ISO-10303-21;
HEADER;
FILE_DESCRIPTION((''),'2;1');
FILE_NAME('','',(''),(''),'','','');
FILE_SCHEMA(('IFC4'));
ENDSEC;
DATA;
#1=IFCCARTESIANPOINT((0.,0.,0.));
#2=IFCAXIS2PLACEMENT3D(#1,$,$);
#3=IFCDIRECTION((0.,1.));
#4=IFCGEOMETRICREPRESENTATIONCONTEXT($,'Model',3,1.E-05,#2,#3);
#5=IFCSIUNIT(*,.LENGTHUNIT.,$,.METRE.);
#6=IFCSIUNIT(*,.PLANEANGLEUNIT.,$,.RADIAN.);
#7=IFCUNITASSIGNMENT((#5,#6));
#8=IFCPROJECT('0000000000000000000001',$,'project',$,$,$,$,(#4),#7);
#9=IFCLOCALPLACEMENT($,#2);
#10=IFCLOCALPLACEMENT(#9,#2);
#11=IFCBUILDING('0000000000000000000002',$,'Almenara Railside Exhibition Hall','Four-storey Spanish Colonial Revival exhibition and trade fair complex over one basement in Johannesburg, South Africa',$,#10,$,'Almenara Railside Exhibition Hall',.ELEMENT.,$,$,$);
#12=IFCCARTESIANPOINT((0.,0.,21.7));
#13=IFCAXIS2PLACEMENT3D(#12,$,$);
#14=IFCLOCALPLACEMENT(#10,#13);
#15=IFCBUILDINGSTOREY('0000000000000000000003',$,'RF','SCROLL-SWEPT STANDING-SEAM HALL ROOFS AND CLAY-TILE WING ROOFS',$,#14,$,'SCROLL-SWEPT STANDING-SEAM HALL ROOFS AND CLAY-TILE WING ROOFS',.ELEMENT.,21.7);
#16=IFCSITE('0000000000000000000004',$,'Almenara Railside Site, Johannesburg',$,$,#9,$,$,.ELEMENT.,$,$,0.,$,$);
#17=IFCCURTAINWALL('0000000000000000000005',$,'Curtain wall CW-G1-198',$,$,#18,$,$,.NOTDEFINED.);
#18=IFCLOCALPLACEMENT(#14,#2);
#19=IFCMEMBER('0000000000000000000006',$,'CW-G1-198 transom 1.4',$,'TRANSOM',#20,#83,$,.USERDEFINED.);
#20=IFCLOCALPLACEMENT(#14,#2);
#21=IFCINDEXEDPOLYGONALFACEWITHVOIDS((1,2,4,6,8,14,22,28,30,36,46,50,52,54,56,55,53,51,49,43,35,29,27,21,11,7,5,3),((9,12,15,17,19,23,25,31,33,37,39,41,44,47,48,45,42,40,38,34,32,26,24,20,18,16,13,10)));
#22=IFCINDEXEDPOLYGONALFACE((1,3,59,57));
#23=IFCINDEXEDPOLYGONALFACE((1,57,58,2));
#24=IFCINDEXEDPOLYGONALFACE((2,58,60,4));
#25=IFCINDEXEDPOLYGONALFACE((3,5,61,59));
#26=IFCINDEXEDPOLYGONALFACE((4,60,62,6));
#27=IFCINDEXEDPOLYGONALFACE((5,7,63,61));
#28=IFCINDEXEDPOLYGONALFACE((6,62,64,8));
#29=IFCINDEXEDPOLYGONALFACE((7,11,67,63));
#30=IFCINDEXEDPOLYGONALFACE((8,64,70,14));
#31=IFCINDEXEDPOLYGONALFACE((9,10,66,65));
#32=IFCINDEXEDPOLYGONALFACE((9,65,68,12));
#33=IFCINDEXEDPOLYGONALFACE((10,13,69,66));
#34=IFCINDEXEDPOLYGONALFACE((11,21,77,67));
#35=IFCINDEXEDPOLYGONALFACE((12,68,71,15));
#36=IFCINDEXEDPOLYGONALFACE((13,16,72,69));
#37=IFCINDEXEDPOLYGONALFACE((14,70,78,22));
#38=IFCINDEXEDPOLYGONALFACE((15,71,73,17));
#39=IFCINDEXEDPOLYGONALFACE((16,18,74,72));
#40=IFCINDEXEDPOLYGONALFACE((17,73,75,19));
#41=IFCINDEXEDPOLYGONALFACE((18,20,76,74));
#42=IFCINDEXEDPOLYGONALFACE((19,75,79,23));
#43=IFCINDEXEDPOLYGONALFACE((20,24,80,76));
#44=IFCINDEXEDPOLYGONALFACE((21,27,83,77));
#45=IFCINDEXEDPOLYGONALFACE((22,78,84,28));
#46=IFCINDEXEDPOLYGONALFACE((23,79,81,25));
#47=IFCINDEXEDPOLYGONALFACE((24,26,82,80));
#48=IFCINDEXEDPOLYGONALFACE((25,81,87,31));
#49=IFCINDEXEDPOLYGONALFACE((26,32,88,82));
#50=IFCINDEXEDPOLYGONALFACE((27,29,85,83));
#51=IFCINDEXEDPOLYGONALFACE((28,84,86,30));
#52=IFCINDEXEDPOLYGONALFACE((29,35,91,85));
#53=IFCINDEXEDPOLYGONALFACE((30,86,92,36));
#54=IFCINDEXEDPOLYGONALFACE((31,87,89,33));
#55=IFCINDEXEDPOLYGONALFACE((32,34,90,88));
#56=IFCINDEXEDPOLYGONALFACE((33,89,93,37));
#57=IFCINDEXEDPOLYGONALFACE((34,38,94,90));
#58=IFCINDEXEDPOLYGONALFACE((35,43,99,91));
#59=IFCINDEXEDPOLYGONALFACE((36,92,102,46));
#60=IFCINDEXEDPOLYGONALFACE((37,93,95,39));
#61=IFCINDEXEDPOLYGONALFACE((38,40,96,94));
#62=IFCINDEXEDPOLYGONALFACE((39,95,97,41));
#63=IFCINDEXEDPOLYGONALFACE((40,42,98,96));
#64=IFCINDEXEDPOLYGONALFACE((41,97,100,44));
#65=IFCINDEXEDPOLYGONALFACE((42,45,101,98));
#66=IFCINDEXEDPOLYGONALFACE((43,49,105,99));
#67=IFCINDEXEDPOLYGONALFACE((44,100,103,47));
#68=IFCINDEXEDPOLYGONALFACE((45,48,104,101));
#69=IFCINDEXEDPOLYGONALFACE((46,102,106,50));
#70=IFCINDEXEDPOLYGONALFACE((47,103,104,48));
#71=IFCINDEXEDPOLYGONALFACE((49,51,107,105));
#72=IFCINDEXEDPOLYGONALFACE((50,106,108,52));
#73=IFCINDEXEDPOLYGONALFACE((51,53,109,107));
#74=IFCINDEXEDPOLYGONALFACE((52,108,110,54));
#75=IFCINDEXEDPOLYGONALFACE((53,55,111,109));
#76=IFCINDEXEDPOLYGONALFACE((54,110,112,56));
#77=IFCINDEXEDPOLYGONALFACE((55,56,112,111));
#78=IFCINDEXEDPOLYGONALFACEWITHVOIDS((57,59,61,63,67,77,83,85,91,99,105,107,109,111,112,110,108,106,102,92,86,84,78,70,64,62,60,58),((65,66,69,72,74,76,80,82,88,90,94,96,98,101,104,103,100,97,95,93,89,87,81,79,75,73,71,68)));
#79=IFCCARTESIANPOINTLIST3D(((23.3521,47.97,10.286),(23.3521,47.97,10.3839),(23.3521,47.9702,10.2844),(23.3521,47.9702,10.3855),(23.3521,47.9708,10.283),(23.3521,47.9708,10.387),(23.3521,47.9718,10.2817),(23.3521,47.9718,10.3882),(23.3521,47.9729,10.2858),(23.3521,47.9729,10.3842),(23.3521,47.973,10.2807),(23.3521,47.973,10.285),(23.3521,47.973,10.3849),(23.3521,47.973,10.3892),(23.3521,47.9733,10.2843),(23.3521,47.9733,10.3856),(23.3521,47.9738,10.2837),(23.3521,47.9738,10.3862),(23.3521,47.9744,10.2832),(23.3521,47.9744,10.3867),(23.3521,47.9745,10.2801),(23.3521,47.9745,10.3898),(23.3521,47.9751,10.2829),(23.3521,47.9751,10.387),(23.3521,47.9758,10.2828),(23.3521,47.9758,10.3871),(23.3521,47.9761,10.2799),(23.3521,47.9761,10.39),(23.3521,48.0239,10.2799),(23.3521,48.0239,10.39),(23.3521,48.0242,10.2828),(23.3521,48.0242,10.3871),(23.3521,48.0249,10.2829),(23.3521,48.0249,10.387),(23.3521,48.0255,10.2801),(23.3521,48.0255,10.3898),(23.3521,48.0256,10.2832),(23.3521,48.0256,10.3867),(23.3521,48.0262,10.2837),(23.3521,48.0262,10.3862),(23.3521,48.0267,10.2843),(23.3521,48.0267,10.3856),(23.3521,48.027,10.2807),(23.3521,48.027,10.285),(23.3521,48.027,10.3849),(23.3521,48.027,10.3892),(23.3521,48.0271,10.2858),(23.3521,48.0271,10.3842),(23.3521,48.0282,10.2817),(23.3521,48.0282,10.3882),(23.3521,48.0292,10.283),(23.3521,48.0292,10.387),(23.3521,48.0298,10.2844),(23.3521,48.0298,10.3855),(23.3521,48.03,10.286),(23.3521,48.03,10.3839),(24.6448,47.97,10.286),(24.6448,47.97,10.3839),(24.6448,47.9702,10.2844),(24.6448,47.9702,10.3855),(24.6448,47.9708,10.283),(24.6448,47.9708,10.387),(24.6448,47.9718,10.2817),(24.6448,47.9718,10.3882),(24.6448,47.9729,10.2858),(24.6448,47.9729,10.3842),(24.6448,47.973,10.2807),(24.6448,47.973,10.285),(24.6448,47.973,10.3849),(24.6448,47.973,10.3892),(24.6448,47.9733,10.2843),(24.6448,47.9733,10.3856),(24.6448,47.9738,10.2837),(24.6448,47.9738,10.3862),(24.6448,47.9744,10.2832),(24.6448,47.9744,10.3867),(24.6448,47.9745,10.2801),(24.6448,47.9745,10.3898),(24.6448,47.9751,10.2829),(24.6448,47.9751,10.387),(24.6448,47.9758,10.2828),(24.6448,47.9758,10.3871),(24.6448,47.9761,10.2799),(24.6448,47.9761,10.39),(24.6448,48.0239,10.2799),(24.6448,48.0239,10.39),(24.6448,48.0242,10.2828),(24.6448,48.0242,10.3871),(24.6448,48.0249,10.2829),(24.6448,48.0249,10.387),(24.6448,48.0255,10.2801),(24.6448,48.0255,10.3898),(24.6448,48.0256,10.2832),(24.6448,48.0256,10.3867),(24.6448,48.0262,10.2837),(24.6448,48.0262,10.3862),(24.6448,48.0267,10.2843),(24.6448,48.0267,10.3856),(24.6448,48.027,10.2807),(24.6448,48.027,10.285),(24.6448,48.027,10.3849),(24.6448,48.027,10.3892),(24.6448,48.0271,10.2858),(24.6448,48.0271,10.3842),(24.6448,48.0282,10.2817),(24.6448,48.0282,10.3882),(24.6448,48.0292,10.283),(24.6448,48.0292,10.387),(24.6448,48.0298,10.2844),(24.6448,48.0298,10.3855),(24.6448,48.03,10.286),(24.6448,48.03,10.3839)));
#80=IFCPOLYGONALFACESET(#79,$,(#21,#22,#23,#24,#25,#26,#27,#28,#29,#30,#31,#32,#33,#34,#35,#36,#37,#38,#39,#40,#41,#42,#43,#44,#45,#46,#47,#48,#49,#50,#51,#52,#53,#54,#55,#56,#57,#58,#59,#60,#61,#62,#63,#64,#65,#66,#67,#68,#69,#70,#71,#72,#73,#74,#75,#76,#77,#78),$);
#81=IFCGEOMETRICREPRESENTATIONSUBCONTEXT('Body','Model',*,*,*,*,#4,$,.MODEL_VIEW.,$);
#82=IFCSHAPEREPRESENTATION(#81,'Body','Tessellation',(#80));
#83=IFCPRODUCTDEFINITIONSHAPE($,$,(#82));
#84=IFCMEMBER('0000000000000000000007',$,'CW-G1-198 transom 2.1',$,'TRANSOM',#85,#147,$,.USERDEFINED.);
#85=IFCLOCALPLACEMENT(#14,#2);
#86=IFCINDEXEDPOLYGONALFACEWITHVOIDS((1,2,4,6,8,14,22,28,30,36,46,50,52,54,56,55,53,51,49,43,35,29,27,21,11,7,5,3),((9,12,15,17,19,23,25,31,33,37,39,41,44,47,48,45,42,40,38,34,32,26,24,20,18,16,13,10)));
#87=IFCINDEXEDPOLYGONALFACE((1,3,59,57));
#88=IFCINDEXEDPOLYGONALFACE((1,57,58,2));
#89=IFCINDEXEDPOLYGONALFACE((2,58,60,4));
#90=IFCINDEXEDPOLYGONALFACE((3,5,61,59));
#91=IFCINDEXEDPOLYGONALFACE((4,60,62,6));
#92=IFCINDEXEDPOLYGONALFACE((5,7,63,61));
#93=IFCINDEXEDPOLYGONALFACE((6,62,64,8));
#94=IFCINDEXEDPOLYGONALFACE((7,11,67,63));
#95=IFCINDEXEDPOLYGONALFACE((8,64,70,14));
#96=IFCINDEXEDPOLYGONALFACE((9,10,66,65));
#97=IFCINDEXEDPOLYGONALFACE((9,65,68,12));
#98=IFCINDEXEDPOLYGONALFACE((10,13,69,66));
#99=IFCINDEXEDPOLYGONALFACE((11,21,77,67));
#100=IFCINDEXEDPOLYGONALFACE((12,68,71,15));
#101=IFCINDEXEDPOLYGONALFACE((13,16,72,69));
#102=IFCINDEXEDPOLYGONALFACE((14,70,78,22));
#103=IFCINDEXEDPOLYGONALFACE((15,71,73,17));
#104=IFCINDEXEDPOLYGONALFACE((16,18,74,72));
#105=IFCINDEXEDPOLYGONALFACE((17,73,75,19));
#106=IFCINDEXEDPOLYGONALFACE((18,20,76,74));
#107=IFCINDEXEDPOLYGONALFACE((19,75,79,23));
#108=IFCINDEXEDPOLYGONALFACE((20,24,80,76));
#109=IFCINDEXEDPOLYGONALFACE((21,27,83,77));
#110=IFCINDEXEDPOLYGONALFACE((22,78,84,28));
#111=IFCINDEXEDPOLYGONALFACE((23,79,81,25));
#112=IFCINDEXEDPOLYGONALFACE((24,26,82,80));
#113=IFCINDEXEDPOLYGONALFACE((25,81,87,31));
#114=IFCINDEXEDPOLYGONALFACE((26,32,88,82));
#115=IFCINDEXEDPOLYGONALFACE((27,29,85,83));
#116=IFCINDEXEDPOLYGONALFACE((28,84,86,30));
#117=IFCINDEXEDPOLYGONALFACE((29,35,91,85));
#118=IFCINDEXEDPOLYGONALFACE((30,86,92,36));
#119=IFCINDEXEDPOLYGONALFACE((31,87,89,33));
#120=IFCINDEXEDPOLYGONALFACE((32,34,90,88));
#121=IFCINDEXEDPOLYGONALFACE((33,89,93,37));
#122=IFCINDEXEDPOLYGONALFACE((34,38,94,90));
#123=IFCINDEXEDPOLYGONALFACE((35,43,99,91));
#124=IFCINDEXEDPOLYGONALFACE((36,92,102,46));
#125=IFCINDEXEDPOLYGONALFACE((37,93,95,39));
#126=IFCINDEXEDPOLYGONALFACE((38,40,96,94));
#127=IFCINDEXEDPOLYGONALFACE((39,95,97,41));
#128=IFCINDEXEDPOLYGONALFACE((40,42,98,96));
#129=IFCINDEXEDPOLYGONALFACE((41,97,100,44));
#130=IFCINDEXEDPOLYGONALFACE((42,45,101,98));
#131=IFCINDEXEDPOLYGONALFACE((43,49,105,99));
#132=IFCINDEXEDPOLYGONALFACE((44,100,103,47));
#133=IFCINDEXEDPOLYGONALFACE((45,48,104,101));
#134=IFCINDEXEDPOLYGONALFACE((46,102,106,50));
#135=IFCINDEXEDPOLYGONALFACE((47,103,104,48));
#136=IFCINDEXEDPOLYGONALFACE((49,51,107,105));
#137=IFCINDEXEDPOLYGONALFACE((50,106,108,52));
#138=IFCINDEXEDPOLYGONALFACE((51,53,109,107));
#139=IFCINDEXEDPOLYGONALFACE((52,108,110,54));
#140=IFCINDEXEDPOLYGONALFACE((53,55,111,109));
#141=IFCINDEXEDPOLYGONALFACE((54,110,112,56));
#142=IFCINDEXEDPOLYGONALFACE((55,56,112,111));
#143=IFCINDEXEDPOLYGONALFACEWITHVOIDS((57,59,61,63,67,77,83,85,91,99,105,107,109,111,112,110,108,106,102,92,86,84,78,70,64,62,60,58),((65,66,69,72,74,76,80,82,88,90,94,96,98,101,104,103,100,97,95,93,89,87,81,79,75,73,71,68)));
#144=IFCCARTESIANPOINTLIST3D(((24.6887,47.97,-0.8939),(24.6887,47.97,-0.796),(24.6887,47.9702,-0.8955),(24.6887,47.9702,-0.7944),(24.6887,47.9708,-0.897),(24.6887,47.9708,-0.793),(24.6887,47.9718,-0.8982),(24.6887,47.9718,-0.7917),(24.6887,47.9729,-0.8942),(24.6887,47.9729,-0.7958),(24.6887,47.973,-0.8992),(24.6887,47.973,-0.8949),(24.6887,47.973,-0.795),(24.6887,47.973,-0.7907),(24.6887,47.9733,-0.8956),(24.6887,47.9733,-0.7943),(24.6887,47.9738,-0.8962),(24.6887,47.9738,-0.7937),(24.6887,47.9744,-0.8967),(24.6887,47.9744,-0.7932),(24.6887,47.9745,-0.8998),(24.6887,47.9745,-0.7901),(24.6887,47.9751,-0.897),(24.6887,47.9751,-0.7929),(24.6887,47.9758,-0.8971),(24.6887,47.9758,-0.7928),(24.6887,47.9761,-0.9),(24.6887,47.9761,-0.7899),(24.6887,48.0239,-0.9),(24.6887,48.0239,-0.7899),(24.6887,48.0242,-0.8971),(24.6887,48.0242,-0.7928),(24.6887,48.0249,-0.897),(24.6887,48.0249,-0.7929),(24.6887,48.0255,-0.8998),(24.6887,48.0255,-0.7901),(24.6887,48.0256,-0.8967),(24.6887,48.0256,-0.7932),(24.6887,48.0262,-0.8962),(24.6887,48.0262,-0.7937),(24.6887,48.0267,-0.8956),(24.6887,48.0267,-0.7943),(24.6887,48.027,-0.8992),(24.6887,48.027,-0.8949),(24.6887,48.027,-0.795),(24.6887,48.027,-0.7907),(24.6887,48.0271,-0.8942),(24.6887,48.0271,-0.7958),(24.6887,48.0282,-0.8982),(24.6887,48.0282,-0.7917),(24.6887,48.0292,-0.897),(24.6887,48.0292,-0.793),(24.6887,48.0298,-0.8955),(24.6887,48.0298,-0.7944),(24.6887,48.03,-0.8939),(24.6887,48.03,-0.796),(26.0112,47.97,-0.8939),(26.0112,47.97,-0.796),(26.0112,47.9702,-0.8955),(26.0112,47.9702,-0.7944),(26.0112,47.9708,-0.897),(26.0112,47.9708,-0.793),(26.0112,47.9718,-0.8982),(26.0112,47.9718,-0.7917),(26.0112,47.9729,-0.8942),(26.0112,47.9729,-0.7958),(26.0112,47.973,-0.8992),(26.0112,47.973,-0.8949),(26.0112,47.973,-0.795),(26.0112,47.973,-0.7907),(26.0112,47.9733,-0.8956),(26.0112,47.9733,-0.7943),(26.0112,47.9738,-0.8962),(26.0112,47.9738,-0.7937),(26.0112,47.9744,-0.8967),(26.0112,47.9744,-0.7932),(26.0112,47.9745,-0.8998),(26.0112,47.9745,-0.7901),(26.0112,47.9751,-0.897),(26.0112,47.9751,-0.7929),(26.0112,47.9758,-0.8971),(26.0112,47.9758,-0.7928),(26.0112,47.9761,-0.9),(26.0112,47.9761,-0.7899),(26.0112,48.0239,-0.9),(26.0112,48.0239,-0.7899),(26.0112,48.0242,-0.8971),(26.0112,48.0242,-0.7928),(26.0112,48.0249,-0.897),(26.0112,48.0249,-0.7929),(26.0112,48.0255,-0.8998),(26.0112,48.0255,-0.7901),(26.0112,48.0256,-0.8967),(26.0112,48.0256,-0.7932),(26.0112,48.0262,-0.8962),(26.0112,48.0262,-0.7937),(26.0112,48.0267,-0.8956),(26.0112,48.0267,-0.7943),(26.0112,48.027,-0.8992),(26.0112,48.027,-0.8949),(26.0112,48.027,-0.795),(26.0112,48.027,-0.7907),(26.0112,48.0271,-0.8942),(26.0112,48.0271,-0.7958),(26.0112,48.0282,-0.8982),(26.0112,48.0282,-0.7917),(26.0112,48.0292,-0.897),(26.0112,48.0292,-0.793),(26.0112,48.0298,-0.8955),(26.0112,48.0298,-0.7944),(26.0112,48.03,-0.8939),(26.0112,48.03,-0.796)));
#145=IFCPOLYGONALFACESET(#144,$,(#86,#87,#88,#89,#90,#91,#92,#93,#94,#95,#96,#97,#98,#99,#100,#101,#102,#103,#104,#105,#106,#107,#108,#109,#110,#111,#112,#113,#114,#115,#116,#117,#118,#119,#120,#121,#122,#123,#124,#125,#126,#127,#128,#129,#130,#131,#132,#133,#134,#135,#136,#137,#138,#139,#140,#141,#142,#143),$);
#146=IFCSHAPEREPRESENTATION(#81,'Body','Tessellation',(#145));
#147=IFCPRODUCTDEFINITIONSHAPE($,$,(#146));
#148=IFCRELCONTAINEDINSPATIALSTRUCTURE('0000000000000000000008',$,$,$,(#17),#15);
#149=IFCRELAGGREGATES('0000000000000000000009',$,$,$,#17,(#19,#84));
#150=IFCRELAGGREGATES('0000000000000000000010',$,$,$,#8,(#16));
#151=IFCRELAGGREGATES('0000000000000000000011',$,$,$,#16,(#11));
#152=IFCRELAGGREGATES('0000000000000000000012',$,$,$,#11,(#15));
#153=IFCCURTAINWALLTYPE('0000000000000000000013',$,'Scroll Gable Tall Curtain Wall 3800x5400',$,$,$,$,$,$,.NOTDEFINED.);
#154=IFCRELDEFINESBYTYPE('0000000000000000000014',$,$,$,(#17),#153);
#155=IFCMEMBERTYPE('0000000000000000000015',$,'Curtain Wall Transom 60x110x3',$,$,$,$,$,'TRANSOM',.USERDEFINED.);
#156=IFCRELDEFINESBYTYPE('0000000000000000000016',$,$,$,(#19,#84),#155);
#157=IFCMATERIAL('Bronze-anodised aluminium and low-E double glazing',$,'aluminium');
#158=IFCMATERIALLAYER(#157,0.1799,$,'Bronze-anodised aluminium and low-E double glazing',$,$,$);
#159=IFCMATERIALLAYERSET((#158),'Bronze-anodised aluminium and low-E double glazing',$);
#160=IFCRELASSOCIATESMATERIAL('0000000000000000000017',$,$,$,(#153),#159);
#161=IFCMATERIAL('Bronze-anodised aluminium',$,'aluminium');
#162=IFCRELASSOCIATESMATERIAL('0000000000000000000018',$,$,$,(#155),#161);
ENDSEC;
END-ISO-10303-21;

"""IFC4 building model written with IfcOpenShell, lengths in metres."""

from ifc_helpers import new_model, si_unit, direction, frame, origin, origin_2d, place, context, subcontext, project, spatial, hollow_rectangle, extrude, material, layer, layer_set, material_profile, profile_set, type_object, element, aggregate, save


model = new_model("IFC4")

# Units and contexts
model_context = context("Model", 3, precision=1e-05, world=origin(), true_north=direction((0.0, 1.0)))
body_context = subcontext(model_context, "Body", "Model", "MODEL_VIEW")
ifc_project = project(units=[si_unit("LENGTHUNIT", "METRE"), si_unit("PLANEANGLEUNIT", "RADIAN")], contexts=[model_context])

# Site, building, storey
site_placement = place(None, origin())
site = spatial("IfcSite", under=ifc_project, at=site_placement, Name="Almenara Railside Site, Johannesburg", CompositionType="ELEMENT", RefElevation=0.0)
building_placement = place(site_placement, origin())
building = spatial("IfcBuilding", under=site, at=building_placement, Name="Almenara Railside Exhibition Hall", Description="Four-storey Spanish Colonial Revival exhibition and trade fair complex over one basement in Johannesburg, South Africa", LongName="Almenara Railside Exhibition Hall", CompositionType="ELEMENT")
storey_placement = place(building_placement, frame((0.0, 0.0, 21.7)))
storey = spatial("IfcBuildingStorey", under=building, at=storey_placement, Name="RF", Description="SCROLL-SWEPT STANDING-SEAM HALL ROOFS AND CLAY-TILE WING ROOFS", LongName="SCROLL-SWEPT STANDING-SEAM HALL ROOFS AND CLAY-TILE WING ROOFS", CompositionType="ELEMENT", Elevation=21.7)

# Curtain wall
ifc_material_1 = material(Name="Bronze-anodised aluminium and low-E double glazing", Category="aluminium")
ifc_layer_1 = layer(ifc_material_1, 0.1799, Name="Bronze-anodised aluminium and low-E double glazing")
ifc_layer_set_1 = layer_set([ifc_layer_1], Name="Bronze-anodised aluminium and low-E double glazing")
curtain_wall_type = type_object("IfcCurtainWallType", Name="Scroll Gable Tall Curtain Wall 3800x5400", PredefinedType="NOTDEFINED", material=ifc_layer_set_1)
curtain_wall_1_placement = place(storey_placement, origin())
curtain_wall_1 = element("IfcCurtainWall", 1, at=curtain_wall_1_placement, inside=storey, type_object=curtain_wall_type, Name="Curtain wall CW-G1-198", PredefinedType="NOTDEFINED")
ifc_material_2 = material(Name="Bronze-anodised aluminium", Category="aluminium")

# Members
ifc_material_profile_1 = material_profile(ifc_material_2, hollow_rectangle(XDim=0.0601, YDim=0.1101, WallThickness=0.0029, InnerFilletRadius=0.0029, OuterFilletRadius=0.0061, at=origin_2d()), Name="ALU-TRN 60x110x3")
ifc_profile_set_1 = profile_set([ifc_material_profile_1], Name="Bronze-anodised aluminium")
member_type_1 = type_object("IfcMemberType", Name="Curtain Wall Transom 60x110x3", ElementType="TRANSOM", PredefinedType="USERDEFINED", material=ifc_profile_set_1)
member_1_placement = place(storey_placement, frame((23.3521, 48.0, 10.335), z_axis=(1.0, 0.0, 0.0), x_axis=(0.0, 1.0, 0.0)))
member_1 = element("IfcMember", 2, at=member_1_placement, type_object=member_type_1, Name="CW-G1-198 transom 1.4", ObjectType="TRANSOM", PredefinedType="USERDEFINED", context=body_context, shape_type="SweptSolid", body=[
    extrude(hollow_rectangle(XDim=0.0601, YDim=0.1101, WallThickness=0.0029, InnerFilletRadius=0.0029, OuterFilletRadius=0.0061, at=origin_2d()), origin(), (0.0, 0.0, 1.0), 1.2927),
])
member_2_placement = place(storey_placement, frame((24.6887, 48.0, -0.845), z_axis=(1.0, 0.0, 0.0), x_axis=(0.0, 1.0, 0.0)))
member_2 = element("IfcMember", 3, at=member_2_placement, type_object=member_type_1, Name="CW-G1-198 transom 2.1", ObjectType="TRANSOM", PredefinedType="USERDEFINED", context=body_context, shape_type="SweptSolid", body=[
    extrude(hollow_rectangle(XDim=0.0601, YDim=0.1101, WallThickness=0.0029, InnerFilletRadius=0.0029, OuterFilletRadius=0.0061, at=origin_2d()), origin(), (0.0, 0.0, 1.0), 1.3225),
])

aggregate(curtain_wall_1, [member_1, member_2])

save(model, "model.ifc")
